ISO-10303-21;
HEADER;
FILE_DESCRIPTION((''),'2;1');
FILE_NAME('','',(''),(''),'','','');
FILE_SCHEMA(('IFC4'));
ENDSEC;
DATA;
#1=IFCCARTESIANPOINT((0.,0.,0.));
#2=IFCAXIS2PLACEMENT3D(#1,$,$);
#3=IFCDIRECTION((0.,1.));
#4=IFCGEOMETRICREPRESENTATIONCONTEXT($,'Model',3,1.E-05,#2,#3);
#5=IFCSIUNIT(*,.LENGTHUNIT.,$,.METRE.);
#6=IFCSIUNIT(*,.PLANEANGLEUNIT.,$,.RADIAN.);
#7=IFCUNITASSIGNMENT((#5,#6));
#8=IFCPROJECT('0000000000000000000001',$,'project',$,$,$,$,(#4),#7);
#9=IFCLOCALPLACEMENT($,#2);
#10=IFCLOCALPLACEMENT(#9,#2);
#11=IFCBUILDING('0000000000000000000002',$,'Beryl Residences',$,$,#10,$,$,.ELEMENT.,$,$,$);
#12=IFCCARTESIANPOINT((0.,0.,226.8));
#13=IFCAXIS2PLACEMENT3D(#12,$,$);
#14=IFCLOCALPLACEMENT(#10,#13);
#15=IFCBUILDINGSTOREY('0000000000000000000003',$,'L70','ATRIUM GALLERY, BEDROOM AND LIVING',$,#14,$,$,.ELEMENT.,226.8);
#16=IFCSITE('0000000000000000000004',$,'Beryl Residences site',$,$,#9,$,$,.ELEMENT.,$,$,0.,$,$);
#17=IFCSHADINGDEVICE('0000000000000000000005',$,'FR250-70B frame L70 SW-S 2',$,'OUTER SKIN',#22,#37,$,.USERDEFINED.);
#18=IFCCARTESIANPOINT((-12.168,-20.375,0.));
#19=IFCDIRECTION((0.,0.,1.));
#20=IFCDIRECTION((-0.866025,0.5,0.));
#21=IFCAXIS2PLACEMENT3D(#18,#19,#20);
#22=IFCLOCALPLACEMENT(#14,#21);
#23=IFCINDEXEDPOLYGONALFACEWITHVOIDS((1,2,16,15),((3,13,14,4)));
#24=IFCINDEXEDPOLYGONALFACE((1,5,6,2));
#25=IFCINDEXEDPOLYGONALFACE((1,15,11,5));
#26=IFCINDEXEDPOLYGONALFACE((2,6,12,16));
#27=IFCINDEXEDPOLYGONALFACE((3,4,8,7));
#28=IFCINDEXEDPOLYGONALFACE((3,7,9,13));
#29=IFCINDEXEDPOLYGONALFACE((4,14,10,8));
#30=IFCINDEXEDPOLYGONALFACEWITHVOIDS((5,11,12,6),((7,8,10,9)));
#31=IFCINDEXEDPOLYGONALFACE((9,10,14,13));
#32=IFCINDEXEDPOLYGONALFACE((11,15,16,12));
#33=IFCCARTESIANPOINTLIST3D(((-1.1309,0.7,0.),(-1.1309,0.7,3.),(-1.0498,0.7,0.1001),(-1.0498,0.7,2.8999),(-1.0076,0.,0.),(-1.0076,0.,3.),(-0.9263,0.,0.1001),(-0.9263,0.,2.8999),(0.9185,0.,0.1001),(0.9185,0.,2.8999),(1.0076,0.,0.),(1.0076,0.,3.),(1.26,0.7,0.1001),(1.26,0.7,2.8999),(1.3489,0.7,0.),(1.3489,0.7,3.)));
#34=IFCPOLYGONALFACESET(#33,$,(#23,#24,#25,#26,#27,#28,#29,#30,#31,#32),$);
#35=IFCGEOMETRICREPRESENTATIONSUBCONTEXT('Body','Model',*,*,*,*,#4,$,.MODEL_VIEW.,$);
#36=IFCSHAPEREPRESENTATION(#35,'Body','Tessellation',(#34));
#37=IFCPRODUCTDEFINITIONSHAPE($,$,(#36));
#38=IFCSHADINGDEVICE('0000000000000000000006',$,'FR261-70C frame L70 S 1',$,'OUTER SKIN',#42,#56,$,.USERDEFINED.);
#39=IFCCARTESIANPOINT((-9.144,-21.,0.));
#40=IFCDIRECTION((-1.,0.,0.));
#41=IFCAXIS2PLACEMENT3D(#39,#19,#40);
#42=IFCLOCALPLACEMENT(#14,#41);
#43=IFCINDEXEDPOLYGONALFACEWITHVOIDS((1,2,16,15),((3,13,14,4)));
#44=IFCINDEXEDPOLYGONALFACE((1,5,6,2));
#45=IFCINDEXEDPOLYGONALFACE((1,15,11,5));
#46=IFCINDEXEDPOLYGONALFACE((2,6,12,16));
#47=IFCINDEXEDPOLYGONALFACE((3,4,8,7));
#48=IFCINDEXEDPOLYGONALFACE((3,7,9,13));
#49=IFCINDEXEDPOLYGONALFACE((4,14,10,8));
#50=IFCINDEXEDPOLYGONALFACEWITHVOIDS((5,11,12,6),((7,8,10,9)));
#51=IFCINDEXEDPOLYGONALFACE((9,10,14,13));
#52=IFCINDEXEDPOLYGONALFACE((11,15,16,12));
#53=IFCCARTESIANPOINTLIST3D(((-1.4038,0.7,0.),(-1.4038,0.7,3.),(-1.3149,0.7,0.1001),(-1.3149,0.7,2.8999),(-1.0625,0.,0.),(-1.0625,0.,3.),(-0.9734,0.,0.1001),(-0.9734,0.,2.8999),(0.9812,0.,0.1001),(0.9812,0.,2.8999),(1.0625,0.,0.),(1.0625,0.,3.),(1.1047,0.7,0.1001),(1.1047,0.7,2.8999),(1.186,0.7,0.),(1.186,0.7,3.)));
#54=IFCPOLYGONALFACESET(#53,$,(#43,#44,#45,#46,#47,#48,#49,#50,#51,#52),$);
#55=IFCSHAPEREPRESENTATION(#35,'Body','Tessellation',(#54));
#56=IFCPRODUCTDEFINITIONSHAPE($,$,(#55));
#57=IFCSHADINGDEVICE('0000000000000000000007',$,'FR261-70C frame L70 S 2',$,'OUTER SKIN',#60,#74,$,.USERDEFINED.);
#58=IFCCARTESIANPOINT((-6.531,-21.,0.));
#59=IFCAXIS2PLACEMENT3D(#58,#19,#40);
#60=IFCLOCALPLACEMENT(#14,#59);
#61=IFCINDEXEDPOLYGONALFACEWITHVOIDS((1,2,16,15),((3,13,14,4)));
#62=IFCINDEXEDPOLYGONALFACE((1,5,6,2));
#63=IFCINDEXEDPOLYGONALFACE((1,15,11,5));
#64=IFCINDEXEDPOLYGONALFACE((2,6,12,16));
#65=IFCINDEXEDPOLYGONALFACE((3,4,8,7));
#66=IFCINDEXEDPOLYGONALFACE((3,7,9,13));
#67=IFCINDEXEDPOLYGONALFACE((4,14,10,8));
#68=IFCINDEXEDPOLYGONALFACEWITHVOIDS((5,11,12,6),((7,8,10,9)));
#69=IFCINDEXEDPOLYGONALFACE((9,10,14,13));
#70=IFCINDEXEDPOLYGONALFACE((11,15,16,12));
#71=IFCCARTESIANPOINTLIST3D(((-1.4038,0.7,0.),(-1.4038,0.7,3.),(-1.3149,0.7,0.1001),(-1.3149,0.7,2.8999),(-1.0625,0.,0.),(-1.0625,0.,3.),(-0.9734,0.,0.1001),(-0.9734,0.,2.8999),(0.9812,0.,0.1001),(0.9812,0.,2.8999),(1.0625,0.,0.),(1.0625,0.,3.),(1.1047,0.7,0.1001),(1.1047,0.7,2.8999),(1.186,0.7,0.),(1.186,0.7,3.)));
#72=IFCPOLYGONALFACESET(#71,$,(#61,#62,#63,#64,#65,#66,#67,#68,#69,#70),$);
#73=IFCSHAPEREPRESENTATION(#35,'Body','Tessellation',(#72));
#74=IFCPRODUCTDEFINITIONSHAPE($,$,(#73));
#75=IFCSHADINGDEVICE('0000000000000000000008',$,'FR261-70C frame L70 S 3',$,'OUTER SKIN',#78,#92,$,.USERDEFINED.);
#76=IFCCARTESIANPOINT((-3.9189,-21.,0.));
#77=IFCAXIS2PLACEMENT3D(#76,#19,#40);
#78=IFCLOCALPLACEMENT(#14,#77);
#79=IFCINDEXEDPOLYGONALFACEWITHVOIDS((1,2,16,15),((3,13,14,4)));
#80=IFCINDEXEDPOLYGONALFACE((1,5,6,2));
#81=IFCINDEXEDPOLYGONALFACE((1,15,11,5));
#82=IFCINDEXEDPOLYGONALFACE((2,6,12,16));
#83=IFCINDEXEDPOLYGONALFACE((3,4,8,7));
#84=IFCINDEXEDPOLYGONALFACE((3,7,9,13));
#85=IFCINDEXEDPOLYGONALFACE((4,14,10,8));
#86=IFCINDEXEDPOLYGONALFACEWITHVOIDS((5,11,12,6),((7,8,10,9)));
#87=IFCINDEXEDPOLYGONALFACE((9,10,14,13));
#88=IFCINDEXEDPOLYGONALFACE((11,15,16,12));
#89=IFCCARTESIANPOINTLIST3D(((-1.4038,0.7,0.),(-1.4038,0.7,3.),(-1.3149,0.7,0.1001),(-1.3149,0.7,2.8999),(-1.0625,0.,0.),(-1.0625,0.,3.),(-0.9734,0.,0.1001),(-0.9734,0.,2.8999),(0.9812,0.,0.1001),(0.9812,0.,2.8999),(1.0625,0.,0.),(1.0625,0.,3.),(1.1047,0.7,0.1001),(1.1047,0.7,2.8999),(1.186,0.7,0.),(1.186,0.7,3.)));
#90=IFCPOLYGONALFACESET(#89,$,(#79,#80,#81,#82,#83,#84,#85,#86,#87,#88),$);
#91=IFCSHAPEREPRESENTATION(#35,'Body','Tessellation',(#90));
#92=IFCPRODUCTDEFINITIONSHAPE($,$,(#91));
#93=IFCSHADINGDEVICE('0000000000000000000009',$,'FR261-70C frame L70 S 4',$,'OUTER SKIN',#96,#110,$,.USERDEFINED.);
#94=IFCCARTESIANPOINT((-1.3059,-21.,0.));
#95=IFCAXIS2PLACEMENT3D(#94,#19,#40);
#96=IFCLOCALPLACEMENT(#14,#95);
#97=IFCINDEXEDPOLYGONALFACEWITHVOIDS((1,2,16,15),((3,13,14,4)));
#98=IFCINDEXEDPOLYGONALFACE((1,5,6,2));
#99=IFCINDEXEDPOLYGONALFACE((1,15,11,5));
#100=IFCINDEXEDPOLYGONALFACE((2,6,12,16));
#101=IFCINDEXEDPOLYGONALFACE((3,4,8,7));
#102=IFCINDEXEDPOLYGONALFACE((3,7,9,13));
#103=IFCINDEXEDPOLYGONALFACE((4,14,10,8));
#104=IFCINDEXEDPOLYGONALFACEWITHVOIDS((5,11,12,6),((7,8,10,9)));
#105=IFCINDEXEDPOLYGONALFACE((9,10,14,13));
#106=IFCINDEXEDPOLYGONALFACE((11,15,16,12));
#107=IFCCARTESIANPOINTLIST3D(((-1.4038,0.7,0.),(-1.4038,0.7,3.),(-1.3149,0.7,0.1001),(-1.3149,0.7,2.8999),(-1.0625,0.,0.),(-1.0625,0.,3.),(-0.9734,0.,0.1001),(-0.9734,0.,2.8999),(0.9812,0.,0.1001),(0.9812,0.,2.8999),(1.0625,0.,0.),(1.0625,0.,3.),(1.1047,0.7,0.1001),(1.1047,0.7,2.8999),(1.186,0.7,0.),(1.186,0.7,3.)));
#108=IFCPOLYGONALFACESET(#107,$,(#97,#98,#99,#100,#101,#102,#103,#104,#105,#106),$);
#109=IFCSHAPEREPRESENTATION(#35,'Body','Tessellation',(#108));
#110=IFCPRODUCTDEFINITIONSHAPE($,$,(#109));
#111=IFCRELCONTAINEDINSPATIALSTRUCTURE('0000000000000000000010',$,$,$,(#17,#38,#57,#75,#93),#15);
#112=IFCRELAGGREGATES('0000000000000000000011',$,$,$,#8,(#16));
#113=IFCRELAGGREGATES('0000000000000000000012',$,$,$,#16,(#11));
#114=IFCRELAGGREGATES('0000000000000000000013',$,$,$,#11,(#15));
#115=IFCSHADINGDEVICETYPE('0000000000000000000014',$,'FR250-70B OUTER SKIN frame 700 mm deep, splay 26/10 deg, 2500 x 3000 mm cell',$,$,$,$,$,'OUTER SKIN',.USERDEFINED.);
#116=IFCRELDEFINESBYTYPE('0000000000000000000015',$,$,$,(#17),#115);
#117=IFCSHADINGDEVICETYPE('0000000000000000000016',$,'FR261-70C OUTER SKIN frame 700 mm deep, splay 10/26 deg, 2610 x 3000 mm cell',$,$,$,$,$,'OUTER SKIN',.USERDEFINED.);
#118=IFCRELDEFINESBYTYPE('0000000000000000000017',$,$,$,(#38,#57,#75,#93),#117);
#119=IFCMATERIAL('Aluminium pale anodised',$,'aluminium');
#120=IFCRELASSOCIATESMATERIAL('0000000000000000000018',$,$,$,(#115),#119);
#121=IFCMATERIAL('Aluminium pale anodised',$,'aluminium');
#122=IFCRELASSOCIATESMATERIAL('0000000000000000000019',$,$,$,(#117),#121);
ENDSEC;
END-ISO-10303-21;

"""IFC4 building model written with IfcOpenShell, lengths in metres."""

from ifc_helpers import new_model, entity, si_unit, direction, frame, origin, place, context, subcontext, project, spatial, source, transform, mapped, material, type_object, type_shapes, element, save


model = new_model("IFC4")

# Units and contexts
model_context = context("Model", 3, precision=1e-05, world=origin(), true_north=direction((0.0, 1.0)))
body_context = subcontext(model_context, "Body", "Model", "MODEL_VIEW")
ifc_project = project(units=[si_unit("LENGTHUNIT", "METRE"), si_unit("PLANEANGLEUNIT", "RADIAN")], contexts=[model_context])

# Site, building, storey
site_placement = place(None, origin())
site = spatial("IfcSite", under=ifc_project, at=site_placement, Name="Beryl Residences site", CompositionType="ELEMENT", RefElevation=0.0)
building_placement = place(site_placement, origin())
building = spatial("IfcBuilding", under=site, at=building_placement, Name="Beryl Residences", CompositionType="ELEMENT")
storey_placement = place(building_placement, frame((0.0, 0.0, 226.8)))
storey = spatial("IfcBuildingStorey", under=building, at=storey_placement, Name="L70", Description="ATRIUM GALLERY, BEDROOM AND LIVING", CompositionType="ELEMENT", Elevation=226.8)

# Shading devices
ifc_material_1 = material(Name="Aluminium pale anodised", Category="aluminium")
shading_device_type_1 = type_object("IfcShadingDeviceType", Name="FR250-70B OUTER SKIN frame 700 mm deep, splay 26/10 deg, 2500 x 3000 mm cell", ElementType="OUTER SKIN", PredefinedType="USERDEFINED", material=ifc_material_1)
cartesian_point_1 = entity("IfcCartesianPoint", [-1.0076, 0.0])
cartesian_point_2 = entity("IfcCartesianPoint", [-0.9185, 0.1001])
cartesian_point_3 = entity("IfcCartesianPoint", [-1.3489, 0.0])
cartesian_point_4 = entity("IfcCartesianPoint", [-1.26, 0.1001])
shared_shape_1 = source(origin(), body_context, "Body", "SweptSolid", [
    entity("IfcExtrudedAreaSolidTapered", entity("IfcArbitraryProfileDefWithVoids", "AREA", None, entity("IfcPolyline", [cartesian_point_1, entity("IfcCartesianPoint", [1.0076, 0.0]), entity("IfcCartesianPoint", [1.0076, 3.0]), entity("IfcCartesianPoint", [-1.0076, 3.0]), cartesian_point_1]), [entity("IfcPolyline", [cartesian_point_2, entity("IfcCartesianPoint", [0.9263, 0.1001]), entity("IfcCartesianPoint", [0.9263, 2.8999]), entity("IfcCartesianPoint", [-0.9185, 2.8999]), cartesian_point_2])]), entity("IfcAxis2Placement3D", entity("IfcCartesianPoint", [0.0, 0.0, 0.0]), entity("IfcDirection", [0.0, 1.0, 0.0]), entity("IfcDirection", [-1.0, 0.0, 0.0])), entity("IfcDirection", [0.0, 0.0, 1.0]), 0.7, entity("IfcArbitraryProfileDefWithVoids", "AREA", None, entity("IfcPolyline", [cartesian_point_3, entity("IfcCartesianPoint", [1.1309, 0.0]), entity("IfcCartesianPoint", [1.1309, 3.0]), entity("IfcCartesianPoint", [-1.3489, 3.0]), cartesian_point_3]), [entity("IfcPolyline", [cartesian_point_4, entity("IfcCartesianPoint", [1.0498, 0.1001]), entity("IfcCartesianPoint", [1.0498, 2.8999]), entity("IfcCartesianPoint", [-1.26, 2.8999]), cartesian_point_4])])),
])
type_shapes(shading_device_type_1, [shared_shape_1])
shading_device_placement = place(storey_placement, frame((-12.168, -20.375, 0.0), z_axis=(0.0, 0.0, 1.0), x_axis=(-0.866025, 0.5, 0.0)))
element("IfcShadingDevice", 1, at=shading_device_placement, inside=storey, type_object=shading_device_type_1, Name="FR250-70B frame L70 SW-S 2", ObjectType="OUTER SKIN", PredefinedType="USERDEFINED", context=body_context, shape_type="MappedRepresentation", body=[
    mapped(shared_shape_1, transform((0.0, 0.0, 0.0))),
])
ifc_material_2 = material(Name="Aluminium pale anodised", Category="aluminium")
shading_device_type_2 = type_object("IfcShadingDeviceType", Name="FR261-70C OUTER SKIN frame 700 mm deep, splay 10/26 deg, 2610 x 3000 mm cell", ElementType="OUTER SKIN", PredefinedType="USERDEFINED", material=ifc_material_2)
cartesian_point_5 = entity("IfcCartesianPoint", [-1.0625, 0.0])
cartesian_point_6 = entity("IfcCartesianPoint", [-0.9812, 0.1001])
cartesian_point_7 = entity("IfcCartesianPoint", [-1.186, 0.0])
cartesian_point_8 = entity("IfcCartesianPoint", [-1.1047, 0.1001])
shared_shape_2 = source(origin(), body_context, "Body", "SweptSolid", [
    entity("IfcExtrudedAreaSolidTapered", entity("IfcArbitraryProfileDefWithVoids", "AREA", None, entity("IfcPolyline", [cartesian_point_5, entity("IfcCartesianPoint", [1.0625, 0.0]), entity("IfcCartesianPoint", [1.0625, 3.0]), entity("IfcCartesianPoint", [-1.0625, 3.0]), cartesian_point_5]), [entity("IfcPolyline", [cartesian_point_6, entity("IfcCartesianPoint", [0.9734, 0.1001]), entity("IfcCartesianPoint", [0.9734, 2.8999]), entity("IfcCartesianPoint", [-0.9812, 2.8999]), cartesian_point_6])]), entity("IfcAxis2Placement3D", entity("IfcCartesianPoint", [0.0, 0.0, 0.0]), entity("IfcDirection", [0.0, 1.0, 0.0]), entity("IfcDirection", [-1.0, 0.0, 0.0])), entity("IfcDirection", [0.0, 0.0, 1.0]), 0.7, entity("IfcArbitraryProfileDefWithVoids", "AREA", None, entity("IfcPolyline", [cartesian_point_7, entity("IfcCartesianPoint", [1.4038, 0.0]), entity("IfcCartesianPoint", [1.4038, 3.0]), entity("IfcCartesianPoint", [-1.186, 3.0]), cartesian_point_7]), [entity("IfcPolyline", [cartesian_point_8, entity("IfcCartesianPoint", [1.3149, 0.1001]), entity("IfcCartesianPoint", [1.3149, 2.8999]), entity("IfcCartesianPoint", [-1.1047, 2.8999]), cartesian_point_8])])),
])
type_shapes(shading_device_type_2, [shared_shape_2])
for number, where, z_axis, x_axis, name in (
    (2, (-9.144, -21.0, 0.0), (0.0, 0.0, 1.0), (-1.0, 0.0, 0.0), "FR261-70C frame L70 S 1"),
    (3, (-6.531, -21.0, 0.0), (0.0, 0.0, 1.0), (-1.0, 0.0, 0.0), "FR261-70C frame L70 S 2"),
    (4, (-3.9189, -21.0, 0.0), (0.0, 0.0, 1.0), (-1.0, 0.0, 0.0), "FR261-70C frame L70 S 3"),
    (5, (-1.3059, -21.0, 0.0), (0.0, 0.0, 1.0), (-1.0, 0.0, 0.0), "FR261-70C frame L70 S 4"),
):
    element("IfcShadingDevice", number, at=place(storey_placement, frame(where, z_axis=z_axis, x_axis=x_axis)), inside=storey, type_object=shading_device_type_2, Name=name, ObjectType="OUTER SKIN", PredefinedType="USERDEFINED", context=body_context, shape_type="MappedRepresentation", body=[
        mapped(shared_shape_2, transform((0.0, 0.0, 0.0))),
    ])

save(model, "model.ifc")
